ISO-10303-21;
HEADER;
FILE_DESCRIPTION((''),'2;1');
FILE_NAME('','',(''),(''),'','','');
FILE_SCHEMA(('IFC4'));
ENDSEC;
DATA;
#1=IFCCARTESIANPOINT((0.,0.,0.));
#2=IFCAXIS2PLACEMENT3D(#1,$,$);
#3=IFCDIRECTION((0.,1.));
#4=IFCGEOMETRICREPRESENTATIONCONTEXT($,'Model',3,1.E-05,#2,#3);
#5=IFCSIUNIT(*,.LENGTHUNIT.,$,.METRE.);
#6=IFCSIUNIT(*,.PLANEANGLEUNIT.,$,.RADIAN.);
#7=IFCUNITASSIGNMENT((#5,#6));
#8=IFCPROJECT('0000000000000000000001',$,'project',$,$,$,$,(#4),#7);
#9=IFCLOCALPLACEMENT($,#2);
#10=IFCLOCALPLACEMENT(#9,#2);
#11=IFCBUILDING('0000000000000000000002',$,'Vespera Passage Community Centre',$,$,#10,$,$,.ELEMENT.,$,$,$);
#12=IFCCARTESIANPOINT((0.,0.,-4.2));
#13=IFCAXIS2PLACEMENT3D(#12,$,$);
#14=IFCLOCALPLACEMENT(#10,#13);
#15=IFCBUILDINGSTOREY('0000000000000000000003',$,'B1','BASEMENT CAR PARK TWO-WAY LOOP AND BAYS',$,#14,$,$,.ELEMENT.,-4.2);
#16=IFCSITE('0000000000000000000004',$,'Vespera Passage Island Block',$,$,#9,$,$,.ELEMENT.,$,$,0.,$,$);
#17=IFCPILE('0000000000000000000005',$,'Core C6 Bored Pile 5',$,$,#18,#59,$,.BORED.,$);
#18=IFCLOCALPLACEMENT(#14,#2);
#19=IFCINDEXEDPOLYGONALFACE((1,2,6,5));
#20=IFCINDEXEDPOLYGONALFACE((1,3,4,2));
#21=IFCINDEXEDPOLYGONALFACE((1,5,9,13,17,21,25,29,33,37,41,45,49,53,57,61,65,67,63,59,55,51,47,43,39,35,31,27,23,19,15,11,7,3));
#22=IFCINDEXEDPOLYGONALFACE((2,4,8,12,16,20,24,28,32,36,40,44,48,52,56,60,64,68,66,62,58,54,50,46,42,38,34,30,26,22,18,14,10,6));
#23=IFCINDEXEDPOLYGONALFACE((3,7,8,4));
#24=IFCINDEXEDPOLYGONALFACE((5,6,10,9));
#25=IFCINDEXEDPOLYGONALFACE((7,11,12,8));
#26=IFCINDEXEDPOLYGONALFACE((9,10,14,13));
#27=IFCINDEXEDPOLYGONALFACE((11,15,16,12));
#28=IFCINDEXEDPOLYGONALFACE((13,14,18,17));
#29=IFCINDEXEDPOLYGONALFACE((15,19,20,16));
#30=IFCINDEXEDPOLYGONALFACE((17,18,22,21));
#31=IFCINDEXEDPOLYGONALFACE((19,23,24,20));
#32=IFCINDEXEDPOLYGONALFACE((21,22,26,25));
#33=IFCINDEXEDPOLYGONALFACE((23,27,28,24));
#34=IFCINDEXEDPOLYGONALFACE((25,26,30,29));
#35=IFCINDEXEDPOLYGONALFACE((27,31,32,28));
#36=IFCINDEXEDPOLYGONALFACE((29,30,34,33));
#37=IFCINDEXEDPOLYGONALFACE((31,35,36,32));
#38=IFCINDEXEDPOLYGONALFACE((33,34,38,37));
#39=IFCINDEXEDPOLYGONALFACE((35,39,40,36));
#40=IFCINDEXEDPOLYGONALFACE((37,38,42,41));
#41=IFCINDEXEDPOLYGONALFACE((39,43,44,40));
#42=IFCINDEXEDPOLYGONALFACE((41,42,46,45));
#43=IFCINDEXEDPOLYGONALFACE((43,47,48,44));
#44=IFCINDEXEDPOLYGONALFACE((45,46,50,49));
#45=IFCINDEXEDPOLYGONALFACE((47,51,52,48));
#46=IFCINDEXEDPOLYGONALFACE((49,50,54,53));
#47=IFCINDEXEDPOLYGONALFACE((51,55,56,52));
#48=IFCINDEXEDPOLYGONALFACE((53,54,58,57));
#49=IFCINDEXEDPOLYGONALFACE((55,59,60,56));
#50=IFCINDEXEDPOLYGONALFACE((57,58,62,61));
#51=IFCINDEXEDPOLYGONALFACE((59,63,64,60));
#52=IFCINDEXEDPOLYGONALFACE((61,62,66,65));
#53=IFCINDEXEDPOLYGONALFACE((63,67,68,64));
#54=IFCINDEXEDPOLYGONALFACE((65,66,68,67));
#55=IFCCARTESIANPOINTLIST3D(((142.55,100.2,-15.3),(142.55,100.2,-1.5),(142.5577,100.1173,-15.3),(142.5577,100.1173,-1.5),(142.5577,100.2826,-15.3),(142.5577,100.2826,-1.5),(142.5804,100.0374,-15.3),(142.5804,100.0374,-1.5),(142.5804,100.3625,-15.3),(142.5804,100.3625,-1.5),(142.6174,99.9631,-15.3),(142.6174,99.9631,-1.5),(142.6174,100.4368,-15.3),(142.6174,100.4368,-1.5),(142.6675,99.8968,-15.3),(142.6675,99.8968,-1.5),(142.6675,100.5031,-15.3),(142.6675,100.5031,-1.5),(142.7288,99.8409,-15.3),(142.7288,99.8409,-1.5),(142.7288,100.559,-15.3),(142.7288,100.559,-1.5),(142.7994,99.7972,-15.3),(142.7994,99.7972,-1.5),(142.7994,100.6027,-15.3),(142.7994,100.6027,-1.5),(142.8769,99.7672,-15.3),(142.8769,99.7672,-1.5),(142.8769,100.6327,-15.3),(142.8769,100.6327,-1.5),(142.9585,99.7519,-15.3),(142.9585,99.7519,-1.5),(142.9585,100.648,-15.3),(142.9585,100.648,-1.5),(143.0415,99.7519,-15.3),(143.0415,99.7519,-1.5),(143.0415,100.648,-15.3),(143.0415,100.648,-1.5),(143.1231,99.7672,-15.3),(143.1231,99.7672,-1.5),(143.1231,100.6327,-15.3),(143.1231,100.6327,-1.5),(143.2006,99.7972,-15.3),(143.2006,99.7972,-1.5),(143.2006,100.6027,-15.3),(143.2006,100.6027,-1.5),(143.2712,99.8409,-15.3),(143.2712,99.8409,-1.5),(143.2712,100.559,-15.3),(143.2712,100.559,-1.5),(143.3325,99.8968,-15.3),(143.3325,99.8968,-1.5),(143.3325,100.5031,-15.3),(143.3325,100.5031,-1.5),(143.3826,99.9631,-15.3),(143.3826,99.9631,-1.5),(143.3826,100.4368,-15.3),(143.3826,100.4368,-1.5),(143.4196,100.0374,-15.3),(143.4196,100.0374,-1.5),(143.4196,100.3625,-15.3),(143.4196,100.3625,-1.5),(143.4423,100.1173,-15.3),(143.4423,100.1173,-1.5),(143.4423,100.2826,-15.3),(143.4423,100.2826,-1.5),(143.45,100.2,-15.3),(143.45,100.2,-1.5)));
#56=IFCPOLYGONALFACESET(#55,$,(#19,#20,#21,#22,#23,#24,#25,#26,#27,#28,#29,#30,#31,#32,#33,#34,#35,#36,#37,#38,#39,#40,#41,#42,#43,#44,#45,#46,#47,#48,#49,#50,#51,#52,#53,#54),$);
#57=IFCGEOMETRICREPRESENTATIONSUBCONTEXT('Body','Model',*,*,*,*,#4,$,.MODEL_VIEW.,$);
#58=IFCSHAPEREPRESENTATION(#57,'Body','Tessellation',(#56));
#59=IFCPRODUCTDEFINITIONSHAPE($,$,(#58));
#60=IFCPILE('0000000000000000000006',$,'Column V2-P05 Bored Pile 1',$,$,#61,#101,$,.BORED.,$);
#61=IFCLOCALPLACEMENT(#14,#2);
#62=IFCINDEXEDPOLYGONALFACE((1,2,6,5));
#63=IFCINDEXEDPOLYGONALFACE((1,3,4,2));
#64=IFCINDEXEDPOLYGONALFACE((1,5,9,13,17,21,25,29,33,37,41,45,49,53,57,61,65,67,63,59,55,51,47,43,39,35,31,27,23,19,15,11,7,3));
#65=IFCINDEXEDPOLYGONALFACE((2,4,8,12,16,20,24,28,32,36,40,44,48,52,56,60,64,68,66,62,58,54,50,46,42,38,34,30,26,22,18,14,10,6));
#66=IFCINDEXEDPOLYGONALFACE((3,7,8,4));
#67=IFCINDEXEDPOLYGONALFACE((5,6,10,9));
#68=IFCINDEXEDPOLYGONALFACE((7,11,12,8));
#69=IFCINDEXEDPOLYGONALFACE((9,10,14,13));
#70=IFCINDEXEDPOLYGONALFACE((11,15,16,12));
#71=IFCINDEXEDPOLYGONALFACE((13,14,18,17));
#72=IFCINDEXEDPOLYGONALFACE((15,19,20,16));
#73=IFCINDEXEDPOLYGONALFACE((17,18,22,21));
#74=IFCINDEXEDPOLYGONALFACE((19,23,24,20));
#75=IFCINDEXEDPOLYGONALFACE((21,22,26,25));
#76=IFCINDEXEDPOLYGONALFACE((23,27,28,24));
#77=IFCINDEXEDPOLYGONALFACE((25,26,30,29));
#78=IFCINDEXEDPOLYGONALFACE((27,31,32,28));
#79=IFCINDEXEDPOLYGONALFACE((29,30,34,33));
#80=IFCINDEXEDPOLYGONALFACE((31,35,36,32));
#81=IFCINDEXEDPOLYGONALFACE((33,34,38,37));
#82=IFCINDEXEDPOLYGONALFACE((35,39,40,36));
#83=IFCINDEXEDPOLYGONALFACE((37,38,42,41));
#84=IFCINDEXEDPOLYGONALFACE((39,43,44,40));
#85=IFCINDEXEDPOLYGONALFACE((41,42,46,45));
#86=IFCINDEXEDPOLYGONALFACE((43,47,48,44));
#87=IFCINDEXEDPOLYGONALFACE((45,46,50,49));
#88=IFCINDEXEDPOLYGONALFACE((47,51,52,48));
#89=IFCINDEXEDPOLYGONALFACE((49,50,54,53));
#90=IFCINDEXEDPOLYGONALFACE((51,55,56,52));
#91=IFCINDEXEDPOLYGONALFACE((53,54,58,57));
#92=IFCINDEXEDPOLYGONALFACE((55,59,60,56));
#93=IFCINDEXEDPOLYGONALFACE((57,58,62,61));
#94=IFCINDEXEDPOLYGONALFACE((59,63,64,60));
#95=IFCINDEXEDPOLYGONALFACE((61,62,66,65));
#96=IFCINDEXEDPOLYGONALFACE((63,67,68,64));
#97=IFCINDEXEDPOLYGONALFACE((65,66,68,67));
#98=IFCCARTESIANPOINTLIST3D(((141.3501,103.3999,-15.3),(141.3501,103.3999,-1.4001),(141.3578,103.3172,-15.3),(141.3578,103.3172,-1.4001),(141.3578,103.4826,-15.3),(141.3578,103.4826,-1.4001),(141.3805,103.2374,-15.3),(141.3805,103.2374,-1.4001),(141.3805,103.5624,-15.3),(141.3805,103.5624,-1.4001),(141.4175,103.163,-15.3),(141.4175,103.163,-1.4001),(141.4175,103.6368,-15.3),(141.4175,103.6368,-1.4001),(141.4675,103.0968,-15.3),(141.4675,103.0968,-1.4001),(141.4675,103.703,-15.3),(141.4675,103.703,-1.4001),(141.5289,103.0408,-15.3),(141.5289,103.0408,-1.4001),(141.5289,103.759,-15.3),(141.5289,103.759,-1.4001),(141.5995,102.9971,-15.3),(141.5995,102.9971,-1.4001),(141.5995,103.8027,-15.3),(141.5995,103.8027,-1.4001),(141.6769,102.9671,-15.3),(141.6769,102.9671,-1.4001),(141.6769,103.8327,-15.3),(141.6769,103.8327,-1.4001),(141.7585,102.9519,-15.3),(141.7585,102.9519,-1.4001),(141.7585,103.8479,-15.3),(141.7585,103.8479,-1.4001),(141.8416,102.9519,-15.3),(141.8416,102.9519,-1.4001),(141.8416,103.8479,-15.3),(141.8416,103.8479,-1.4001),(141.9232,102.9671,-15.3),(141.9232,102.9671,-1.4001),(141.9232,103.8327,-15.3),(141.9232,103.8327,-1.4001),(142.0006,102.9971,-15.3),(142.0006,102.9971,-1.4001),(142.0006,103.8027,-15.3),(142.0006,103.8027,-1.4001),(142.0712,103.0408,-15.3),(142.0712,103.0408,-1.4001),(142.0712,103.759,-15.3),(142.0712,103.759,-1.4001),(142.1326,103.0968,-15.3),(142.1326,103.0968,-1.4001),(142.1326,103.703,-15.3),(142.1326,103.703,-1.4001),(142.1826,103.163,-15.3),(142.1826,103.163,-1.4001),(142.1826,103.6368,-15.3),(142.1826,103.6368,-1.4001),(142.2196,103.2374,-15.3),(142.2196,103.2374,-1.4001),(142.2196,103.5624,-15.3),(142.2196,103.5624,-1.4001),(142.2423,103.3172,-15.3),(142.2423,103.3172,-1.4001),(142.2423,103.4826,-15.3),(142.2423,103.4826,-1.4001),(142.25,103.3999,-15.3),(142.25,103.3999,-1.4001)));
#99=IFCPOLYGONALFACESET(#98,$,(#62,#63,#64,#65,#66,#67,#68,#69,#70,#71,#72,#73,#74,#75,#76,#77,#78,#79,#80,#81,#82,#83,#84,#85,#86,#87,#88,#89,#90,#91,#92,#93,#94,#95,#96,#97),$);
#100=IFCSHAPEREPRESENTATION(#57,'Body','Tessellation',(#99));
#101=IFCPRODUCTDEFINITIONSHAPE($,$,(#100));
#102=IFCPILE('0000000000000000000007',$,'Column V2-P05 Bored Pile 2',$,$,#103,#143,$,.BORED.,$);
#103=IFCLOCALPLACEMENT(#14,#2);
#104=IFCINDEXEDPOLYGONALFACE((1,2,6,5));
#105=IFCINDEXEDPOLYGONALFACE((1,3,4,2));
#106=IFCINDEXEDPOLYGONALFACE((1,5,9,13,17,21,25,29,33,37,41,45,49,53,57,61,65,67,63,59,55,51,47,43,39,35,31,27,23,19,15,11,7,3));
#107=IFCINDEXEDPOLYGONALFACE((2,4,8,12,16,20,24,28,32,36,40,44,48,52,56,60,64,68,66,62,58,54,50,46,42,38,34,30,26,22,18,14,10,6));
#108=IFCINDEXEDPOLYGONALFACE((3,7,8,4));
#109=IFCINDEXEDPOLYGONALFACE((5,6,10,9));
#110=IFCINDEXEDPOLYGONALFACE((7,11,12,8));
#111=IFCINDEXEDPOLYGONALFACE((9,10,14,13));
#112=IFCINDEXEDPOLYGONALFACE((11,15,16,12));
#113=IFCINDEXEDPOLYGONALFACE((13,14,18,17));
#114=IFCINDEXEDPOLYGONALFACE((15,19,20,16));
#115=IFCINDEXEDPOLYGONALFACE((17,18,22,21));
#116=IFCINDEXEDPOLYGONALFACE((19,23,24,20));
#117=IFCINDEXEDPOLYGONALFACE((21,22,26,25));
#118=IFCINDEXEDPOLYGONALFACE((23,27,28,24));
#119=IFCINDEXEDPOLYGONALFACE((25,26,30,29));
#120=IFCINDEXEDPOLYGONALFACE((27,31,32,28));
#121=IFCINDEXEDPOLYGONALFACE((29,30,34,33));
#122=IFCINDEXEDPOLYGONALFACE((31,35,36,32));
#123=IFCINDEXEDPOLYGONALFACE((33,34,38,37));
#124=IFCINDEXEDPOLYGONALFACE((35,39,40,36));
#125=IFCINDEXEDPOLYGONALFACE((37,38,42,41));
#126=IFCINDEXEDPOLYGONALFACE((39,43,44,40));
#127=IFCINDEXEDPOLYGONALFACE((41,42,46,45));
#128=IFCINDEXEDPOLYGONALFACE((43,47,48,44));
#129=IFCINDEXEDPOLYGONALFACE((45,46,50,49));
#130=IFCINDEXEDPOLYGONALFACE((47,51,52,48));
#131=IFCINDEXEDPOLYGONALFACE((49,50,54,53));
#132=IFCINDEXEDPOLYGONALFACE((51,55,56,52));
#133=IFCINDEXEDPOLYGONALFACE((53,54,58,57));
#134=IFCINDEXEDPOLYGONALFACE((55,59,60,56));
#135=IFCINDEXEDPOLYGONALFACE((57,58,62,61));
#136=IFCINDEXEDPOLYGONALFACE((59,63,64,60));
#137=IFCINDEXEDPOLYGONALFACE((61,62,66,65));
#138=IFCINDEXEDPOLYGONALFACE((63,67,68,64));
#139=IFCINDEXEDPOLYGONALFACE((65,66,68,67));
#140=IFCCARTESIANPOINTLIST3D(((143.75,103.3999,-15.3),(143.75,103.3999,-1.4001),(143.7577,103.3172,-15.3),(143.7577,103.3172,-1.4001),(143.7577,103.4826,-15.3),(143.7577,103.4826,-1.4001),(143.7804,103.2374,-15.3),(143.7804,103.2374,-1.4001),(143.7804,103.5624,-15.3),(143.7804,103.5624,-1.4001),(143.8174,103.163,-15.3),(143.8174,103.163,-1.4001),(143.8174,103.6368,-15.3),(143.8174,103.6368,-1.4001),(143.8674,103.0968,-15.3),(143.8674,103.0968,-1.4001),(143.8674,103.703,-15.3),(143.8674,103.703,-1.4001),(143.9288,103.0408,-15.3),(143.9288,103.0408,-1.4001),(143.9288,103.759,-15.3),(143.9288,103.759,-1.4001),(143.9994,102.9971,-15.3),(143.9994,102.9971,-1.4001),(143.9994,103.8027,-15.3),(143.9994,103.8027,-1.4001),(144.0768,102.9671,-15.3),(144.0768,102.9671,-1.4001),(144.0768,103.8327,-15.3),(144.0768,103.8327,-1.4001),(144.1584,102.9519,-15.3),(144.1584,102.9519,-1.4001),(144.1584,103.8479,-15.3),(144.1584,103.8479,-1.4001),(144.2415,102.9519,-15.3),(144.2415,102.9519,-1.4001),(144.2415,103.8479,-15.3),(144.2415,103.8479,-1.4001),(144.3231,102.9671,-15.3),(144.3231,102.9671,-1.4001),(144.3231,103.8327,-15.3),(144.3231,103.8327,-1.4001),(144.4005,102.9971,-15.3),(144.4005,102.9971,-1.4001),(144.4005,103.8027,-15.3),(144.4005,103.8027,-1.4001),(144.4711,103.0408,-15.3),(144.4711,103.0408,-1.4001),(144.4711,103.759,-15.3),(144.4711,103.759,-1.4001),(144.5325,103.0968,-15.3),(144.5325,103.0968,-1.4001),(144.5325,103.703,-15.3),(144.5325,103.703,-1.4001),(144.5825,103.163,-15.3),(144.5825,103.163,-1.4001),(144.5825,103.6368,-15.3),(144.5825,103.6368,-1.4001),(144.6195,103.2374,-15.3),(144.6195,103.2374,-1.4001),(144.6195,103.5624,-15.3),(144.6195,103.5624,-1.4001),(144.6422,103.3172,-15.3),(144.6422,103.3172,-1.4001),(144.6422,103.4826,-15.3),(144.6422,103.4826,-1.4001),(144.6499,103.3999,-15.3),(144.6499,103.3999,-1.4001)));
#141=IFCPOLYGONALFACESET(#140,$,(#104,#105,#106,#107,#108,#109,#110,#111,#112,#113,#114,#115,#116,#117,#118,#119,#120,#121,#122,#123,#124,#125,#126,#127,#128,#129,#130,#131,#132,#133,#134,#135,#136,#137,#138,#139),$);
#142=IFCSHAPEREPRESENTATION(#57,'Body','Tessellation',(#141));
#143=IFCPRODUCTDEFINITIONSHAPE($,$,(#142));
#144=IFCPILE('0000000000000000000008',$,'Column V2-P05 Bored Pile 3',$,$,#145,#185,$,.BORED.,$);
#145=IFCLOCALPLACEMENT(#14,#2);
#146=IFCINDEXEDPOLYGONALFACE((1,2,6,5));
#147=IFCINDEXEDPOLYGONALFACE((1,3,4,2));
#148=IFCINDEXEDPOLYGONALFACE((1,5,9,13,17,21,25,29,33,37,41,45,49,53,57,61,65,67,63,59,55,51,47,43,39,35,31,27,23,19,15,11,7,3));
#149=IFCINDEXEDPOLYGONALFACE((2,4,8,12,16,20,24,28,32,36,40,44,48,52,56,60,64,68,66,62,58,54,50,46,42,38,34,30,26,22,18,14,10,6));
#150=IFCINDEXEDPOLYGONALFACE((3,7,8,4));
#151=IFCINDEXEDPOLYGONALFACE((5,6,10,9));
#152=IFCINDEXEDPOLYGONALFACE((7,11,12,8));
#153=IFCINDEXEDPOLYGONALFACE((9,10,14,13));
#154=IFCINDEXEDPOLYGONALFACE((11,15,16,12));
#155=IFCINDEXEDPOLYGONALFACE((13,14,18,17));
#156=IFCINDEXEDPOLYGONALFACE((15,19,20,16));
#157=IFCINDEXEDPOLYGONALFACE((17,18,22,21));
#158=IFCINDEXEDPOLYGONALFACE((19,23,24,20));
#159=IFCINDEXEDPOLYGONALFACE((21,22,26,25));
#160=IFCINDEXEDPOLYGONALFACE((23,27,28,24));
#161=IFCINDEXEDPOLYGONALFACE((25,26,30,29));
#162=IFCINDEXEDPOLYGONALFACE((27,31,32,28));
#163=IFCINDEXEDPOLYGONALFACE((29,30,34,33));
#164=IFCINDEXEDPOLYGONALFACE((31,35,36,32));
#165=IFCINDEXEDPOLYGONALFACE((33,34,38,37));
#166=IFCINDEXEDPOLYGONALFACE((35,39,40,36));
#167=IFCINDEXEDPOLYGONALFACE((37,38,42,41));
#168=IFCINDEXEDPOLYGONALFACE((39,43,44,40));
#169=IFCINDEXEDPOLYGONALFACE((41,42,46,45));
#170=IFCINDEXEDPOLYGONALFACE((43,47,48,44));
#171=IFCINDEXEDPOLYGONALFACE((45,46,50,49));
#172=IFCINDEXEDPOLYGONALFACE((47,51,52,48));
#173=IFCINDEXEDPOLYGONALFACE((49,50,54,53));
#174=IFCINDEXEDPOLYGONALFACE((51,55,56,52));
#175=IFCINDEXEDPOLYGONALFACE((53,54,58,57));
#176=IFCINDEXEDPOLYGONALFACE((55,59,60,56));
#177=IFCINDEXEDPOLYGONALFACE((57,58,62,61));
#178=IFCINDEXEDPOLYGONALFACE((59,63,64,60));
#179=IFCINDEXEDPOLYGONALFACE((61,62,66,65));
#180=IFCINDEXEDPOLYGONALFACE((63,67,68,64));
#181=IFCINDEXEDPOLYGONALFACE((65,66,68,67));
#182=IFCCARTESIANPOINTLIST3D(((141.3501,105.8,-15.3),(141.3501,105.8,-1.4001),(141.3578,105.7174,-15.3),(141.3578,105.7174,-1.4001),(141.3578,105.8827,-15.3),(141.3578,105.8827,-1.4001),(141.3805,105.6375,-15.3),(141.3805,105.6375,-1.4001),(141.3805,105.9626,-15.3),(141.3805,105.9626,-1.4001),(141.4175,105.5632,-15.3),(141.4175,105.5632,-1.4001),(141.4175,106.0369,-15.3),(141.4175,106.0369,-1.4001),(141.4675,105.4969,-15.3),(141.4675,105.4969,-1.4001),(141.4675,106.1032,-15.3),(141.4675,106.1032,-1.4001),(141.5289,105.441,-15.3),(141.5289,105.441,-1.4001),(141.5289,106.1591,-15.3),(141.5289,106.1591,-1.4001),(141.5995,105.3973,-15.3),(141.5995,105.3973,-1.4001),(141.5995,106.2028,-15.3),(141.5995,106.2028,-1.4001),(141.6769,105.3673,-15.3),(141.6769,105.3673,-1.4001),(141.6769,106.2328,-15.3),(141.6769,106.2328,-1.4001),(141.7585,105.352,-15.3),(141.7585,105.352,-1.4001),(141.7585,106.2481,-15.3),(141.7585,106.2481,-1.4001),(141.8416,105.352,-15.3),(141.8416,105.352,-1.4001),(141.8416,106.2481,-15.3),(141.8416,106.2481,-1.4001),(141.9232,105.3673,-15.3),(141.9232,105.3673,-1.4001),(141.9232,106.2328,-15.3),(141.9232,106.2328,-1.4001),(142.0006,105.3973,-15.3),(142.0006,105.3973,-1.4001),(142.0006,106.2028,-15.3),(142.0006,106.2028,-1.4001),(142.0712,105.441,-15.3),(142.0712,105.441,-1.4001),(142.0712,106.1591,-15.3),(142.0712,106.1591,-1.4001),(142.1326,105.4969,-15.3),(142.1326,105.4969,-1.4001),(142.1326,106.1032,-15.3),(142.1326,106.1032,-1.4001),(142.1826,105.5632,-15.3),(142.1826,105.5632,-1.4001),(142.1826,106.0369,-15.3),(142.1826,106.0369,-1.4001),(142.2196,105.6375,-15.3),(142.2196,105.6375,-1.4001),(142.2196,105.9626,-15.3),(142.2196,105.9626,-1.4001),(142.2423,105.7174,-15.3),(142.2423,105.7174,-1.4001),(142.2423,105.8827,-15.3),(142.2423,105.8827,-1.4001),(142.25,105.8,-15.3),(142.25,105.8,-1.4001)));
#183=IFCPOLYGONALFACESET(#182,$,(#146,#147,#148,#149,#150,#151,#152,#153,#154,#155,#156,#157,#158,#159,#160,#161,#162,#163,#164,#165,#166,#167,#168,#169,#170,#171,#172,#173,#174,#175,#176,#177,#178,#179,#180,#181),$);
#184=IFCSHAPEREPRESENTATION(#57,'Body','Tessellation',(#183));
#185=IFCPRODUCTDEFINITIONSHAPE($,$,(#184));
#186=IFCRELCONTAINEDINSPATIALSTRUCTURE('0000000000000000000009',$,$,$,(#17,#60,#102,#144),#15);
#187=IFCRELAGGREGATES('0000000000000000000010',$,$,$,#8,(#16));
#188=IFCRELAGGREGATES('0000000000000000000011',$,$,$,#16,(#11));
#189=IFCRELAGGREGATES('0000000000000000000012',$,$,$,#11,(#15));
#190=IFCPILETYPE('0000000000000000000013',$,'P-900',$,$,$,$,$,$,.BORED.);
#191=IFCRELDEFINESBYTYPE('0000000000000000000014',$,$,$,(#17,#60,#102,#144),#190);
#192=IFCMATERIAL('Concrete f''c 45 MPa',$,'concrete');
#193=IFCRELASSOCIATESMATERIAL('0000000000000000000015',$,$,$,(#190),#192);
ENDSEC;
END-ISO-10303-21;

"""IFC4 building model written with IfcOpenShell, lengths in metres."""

from ifc_helpers import new_model, si_unit, direction, frame, origin, origin_2d, place, context, subcontext, project, spatial, circle, extrude, material, material_profile, profile_set, type_object, element, save


model = new_model("IFC4")

# Units and contexts
model_context = context("Model", 3, precision=1e-05, world=origin(), true_north=direction((0.0, 1.0)))
body_context = subcontext(model_context, "Body", "Model", "MODEL_VIEW")
ifc_project = project(units=[si_unit("LENGTHUNIT", "METRE"), si_unit("PLANEANGLEUNIT", "RADIAN")], contexts=[model_context])

# Site, building, storey
site_placement = place(None, origin())
site = spatial("IfcSite", under=ifc_project, at=site_placement, Name="Vespera Passage Island Block", CompositionType="ELEMENT", RefElevation=0.0)
building_placement = place(site_placement, origin())
building = spatial("IfcBuilding", under=site, at=building_placement, Name="Vespera Passage Community Centre", CompositionType="ELEMENT")
storey_placement = place(building_placement, frame((0.0, 0.0, -4.2)))
storey = spatial("IfcBuildingStorey", under=building, at=storey_placement, Name="B1", Description="BASEMENT CAR PARK TWO-WAY LOOP AND BAYS", CompositionType="ELEMENT", Elevation=-4.2)

# Piles
ifc_material_1 = material(Name="Concrete f'c 45 MPa", Category="concrete")
ifc_material_profile_1 = material_profile(ifc_material_1, circle(Radius=0.45, at=origin_2d()), Name="PILE900DIA")
ifc_profile_set_1 = profile_set([ifc_material_profile_1], Name="Concrete f'c 45 MPa")
pile_type_1 = type_object("IfcPileType", Name="P-900", PredefinedType="BORED", material=ifc_profile_set_1)
for number, where, z_axis, x_axis, name in (
    (1, (143.0, 100.2, -1.5), (0.0, 0.0, -1.0), (1.0, 0.0, 0.0), "Core C6 Bored Pile 5"),
):
    element("IfcPile", number, at=place(storey_placement, frame(where, z_axis=z_axis, x_axis=x_axis)), inside=storey, type_object=pile_type_1, Name=name, PredefinedType="BORED", context=body_context, shape_type="SweptSolid", body=[
        extrude(circle(Radius=0.45, at=origin_2d()), origin(), (0.0, 0.0, 1.0), 13.8),
    ])
for number, where, z_axis, x_axis, name in (
    (2, (141.8, 103.3999, -1.4001), (0.0, 0.0, -1.0), (1.0, 0.0, 0.0), "Column V2-P05 Bored Pile 1"),
    (3, (144.2, 103.3999, -1.4001), (0.0, 0.0, -1.0), (1.0, 0.0, 0.0), "Column V2-P05 Bored Pile 2"),
    (4, (141.8, 105.8, -1.4001), (0.0, 0.0, -1.0), (1.0, 0.0, 0.0), "Column V2-P05 Bored Pile 3"),
):
    element("IfcPile", number, at=place(storey_placement, frame(where, z_axis=z_axis, x_axis=x_axis)), inside=storey, type_object=pile_type_1, Name=name, PredefinedType="BORED", context=body_context, shape_type="SweptSolid", body=[
        extrude(circle(Radius=0.45, at=origin_2d()), origin(), (0.0, 0.0, 1.0), 13.8999),
    ])

save(model, "model.ifc")
